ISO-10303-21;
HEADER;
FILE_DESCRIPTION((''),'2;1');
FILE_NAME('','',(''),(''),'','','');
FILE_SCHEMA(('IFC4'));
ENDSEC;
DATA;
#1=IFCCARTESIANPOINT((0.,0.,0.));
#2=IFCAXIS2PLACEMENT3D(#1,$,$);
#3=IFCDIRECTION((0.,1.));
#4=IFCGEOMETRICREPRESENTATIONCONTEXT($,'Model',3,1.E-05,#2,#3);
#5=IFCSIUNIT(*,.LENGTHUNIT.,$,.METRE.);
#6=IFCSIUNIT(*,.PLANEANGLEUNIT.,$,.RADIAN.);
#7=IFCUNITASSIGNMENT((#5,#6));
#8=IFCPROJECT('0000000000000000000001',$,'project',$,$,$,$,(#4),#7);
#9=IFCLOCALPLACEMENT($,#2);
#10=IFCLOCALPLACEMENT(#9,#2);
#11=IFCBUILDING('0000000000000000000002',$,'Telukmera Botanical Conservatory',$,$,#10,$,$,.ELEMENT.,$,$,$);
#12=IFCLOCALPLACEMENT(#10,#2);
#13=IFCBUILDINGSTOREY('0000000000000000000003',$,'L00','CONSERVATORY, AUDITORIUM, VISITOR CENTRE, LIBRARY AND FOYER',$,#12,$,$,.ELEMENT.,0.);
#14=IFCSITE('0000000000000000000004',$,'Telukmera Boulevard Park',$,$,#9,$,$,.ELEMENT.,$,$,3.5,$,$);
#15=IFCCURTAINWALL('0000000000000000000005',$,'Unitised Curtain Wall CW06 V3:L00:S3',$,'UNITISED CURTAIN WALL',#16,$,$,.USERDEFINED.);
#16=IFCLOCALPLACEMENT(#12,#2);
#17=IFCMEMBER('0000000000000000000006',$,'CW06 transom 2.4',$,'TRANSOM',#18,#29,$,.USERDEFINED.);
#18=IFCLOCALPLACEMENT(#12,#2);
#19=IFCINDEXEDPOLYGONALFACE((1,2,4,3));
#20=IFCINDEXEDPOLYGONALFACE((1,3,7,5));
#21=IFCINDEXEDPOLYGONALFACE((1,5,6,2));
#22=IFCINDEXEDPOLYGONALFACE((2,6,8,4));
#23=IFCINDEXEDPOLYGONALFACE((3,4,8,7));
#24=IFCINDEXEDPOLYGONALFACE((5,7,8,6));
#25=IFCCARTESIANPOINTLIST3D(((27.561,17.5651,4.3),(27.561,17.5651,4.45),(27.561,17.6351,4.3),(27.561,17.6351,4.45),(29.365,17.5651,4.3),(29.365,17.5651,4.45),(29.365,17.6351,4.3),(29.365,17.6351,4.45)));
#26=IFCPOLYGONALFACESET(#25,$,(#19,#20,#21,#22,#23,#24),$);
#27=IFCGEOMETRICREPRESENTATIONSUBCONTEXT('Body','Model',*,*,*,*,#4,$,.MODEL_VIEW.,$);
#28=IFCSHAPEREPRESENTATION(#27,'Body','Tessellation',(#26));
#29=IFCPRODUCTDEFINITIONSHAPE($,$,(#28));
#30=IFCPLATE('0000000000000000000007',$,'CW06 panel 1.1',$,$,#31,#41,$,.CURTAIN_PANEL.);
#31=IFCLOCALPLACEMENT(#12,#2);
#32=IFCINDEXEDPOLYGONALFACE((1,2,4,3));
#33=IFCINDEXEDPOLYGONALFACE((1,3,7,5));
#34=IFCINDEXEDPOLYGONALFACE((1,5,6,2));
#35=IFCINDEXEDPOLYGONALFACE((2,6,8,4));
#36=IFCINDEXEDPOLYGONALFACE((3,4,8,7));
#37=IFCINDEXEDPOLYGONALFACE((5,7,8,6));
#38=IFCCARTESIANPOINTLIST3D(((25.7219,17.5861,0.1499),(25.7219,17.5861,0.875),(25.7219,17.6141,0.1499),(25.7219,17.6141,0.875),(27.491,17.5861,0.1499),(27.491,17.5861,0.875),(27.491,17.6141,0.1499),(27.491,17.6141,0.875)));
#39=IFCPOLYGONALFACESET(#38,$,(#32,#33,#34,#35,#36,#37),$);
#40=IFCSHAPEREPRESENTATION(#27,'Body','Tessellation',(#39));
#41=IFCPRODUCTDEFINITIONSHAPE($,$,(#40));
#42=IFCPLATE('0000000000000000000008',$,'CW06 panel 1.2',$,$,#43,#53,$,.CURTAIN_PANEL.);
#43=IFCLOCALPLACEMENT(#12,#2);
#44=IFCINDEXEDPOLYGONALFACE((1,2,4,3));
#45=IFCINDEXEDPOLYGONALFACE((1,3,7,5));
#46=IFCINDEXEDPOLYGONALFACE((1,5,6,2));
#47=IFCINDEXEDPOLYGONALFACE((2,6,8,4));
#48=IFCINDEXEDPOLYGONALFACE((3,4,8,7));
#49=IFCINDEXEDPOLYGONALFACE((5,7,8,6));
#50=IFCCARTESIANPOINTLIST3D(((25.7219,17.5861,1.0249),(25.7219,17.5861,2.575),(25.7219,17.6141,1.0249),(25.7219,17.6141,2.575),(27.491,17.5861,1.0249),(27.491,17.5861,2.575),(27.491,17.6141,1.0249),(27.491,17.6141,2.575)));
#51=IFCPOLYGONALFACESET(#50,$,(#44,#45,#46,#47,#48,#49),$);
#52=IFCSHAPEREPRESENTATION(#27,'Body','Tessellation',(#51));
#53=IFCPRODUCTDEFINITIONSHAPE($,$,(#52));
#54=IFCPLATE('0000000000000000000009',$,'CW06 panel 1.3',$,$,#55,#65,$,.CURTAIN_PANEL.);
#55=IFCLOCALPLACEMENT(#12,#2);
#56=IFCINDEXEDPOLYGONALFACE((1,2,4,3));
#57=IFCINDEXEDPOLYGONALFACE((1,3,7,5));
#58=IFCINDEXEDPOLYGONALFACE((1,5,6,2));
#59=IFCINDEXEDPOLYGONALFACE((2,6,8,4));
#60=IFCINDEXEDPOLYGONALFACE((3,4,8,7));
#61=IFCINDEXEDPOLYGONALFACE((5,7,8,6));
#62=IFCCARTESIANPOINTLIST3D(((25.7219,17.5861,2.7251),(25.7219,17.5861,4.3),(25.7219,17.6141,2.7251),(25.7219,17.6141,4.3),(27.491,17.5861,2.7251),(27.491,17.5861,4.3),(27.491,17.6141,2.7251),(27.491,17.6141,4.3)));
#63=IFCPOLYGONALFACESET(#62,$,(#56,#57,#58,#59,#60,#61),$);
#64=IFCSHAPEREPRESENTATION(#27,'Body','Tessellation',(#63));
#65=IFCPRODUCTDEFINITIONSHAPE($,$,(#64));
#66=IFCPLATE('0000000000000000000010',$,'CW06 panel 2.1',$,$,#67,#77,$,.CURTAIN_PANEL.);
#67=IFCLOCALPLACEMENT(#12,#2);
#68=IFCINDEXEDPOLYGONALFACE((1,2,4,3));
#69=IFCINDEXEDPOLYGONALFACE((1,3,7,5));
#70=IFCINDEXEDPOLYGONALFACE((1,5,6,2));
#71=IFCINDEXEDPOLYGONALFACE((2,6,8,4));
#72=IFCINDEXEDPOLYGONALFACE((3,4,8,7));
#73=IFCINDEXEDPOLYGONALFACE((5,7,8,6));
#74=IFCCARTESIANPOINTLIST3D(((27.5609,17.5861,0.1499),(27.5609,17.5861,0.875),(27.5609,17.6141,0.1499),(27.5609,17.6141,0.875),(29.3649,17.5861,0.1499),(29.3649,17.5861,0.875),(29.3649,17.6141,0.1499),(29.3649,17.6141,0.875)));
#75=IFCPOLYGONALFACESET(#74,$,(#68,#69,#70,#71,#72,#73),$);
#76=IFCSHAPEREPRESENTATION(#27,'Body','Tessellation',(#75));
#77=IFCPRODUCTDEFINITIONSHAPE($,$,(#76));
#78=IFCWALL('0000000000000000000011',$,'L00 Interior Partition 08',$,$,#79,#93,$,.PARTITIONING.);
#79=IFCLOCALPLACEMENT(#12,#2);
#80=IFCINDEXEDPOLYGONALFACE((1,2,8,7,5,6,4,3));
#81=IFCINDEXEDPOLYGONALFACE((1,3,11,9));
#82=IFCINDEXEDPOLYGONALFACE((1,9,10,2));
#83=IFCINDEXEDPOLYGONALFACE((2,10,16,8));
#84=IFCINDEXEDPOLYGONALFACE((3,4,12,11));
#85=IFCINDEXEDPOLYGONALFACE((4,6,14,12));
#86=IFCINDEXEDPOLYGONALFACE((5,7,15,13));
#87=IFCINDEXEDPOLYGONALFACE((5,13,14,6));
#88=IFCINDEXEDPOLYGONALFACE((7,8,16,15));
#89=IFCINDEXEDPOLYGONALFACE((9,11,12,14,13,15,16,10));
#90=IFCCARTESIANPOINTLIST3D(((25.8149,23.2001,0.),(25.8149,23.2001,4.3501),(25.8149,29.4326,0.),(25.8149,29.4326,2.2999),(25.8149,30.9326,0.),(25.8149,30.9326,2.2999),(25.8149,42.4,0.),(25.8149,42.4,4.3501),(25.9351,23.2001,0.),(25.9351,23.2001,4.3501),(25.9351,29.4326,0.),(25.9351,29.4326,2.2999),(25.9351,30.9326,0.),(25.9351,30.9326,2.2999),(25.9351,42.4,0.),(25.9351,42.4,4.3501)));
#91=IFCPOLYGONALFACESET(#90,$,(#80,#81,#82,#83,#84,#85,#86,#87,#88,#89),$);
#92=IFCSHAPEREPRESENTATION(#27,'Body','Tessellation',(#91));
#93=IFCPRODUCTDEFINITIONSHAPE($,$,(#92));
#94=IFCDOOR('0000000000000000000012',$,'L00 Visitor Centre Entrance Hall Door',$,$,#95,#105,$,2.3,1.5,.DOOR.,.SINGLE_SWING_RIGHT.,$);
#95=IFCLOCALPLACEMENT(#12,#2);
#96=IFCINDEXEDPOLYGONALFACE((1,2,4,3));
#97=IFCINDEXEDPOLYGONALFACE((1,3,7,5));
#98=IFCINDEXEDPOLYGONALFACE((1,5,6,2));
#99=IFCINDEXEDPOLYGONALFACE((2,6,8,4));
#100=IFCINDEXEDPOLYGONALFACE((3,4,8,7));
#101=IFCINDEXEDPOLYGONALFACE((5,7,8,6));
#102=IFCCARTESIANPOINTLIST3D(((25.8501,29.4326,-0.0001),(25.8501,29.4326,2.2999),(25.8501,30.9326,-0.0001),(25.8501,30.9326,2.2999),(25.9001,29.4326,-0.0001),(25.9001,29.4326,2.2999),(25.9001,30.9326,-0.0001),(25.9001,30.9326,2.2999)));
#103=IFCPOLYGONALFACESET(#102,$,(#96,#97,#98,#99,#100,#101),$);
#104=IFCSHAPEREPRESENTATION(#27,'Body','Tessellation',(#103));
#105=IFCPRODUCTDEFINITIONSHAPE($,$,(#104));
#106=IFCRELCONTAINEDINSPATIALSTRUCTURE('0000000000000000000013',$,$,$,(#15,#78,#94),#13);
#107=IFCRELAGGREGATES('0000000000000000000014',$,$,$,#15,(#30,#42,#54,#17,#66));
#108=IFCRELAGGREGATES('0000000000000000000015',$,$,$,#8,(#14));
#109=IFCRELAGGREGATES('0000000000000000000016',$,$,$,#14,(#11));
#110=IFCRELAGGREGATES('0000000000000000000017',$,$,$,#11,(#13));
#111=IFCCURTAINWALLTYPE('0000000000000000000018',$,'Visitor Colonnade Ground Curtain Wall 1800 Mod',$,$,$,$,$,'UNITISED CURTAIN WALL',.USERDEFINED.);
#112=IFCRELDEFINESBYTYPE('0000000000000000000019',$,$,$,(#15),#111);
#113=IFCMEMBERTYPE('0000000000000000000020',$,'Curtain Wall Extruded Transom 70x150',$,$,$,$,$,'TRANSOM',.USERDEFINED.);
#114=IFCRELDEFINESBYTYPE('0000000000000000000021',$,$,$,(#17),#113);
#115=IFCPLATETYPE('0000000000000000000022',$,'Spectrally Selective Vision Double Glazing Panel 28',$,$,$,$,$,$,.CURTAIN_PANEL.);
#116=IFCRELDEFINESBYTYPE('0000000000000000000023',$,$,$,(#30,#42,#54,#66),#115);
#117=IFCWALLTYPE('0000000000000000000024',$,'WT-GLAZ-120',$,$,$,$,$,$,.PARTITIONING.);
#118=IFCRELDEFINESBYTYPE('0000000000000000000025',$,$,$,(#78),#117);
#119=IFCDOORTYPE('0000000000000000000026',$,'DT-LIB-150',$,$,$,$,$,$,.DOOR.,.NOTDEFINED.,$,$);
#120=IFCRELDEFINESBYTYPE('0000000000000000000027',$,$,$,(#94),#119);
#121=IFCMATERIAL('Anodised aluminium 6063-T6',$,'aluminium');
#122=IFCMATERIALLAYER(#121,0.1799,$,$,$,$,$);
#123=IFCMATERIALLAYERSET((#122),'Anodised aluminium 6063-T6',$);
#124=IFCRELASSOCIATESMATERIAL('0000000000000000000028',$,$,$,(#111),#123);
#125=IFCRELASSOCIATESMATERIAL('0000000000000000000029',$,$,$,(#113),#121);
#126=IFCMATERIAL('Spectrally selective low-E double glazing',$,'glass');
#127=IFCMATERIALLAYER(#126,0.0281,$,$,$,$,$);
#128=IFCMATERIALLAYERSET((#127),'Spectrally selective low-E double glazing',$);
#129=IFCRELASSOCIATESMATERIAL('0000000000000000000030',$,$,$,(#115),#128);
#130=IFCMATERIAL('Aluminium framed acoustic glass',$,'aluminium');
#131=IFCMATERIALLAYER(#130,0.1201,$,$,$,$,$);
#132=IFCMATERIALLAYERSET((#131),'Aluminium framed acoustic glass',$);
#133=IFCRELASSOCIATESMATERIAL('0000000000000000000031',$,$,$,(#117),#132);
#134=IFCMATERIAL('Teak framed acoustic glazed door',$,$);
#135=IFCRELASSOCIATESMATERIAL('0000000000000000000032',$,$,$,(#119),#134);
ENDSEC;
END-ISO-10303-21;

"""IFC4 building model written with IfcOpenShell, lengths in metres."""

from ifc_helpers import new_model, si_unit, direction, frame, frame_2d, origin, origin_2d, place, context, subcontext, project, spatial, rectangle, extrude, material, layer, layer_set, material_profile, profile_set, type_object, element, fill, aggregate, save


model = new_model("IFC4")

# Units and contexts
model_context = context("Model", 3, precision=1e-05, world=origin(), true_north=direction((0.0, 1.0)))
body_context = subcontext(model_context, "Body", "Model", "MODEL_VIEW")
ifc_project = project(units=[si_unit("LENGTHUNIT", "METRE"), si_unit("PLANEANGLEUNIT", "RADIAN")], contexts=[model_context])

# Site, building, storey
site_placement = place(None, origin())
site = spatial("IfcSite", under=ifc_project, at=site_placement, Name="Telukmera Boulevard Park", CompositionType="ELEMENT", RefElevation=3.5)
building_placement = place(site_placement, origin())
building = spatial("IfcBuilding", under=site, at=building_placement, Name="Telukmera Botanical Conservatory", CompositionType="ELEMENT")
storey_placement = place(building_placement, origin())
storey = spatial("IfcBuildingStorey", under=building, at=storey_placement, Name="L00", Description="CONSERVATORY, AUDITORIUM, VISITOR CENTRE, LIBRARY AND FOYER", CompositionType="ELEMENT", Elevation=0.0)

# Curtain wall, member, plates
ifc_material_1 = material(Name="Anodised aluminium 6063-T6", Category="aluminium")
ifc_layer_1 = layer(ifc_material_1, 0.1799)
ifc_layer_set_1 = layer_set([ifc_layer_1], Name="Anodised aluminium 6063-T6")
curtain_wall_type = type_object("IfcCurtainWallType", Name="Visitor Colonnade Ground Curtain Wall 1800 Mod", ElementType="UNITISED CURTAIN WALL", PredefinedType="USERDEFINED", material=ifc_layer_set_1)
curtain_wall_placement = place(storey_placement, origin())
curtain_wall = element("IfcCurtainWall", 1, at=curtain_wall_placement, inside=storey, type_object=curtain_wall_type, Name="Unitised Curtain Wall CW06 V3:L00:S3", ObjectType="UNITISED CURTAIN WALL", PredefinedType="USERDEFINED")
ifc_material_profile_1 = material_profile(ifc_material_1, rectangle(XDim=0.0701, YDim=0.1499, at=origin_2d()), Name="ALU TRAN 70x150")
ifc_profile_set_1 = profile_set([ifc_material_profile_1], Name="Anodised aluminium 6063-T6")
member_type_1 = type_object("IfcMemberType", Name="Curtain Wall Extruded Transom 70x150", ElementType="TRANSOM", PredefinedType="USERDEFINED", material=ifc_profile_set_1)
member_1_placement = place(storey_placement, frame((27.561, 17.6001, 4.375), z_axis=(1.0, 0.0, 0.0), x_axis=(0.0, 1.0, 0.0)))
member_1 = element("IfcMember", 2, at=member_1_placement, type_object=member_type_1, Name="CW06 transom 2.4", ObjectType="TRANSOM", PredefinedType="USERDEFINED", context=body_context, shape_type="SweptSolid", body=[
    extrude(rectangle(XDim=0.0701, YDim=0.1499, at=origin_2d()), origin(), (0.0, 0.0, 1.0), 1.804),
])
ifc_material_2 = material(Name="Spectrally selective low-E double glazing", Category="glass")
ifc_layer_2 = layer(ifc_material_2, 0.0281)
ifc_layer_set_2 = layer_set([ifc_layer_2], Name="Spectrally selective low-E double glazing")
plate_type = type_object("IfcPlateType", Name="Spectrally Selective Vision Double Glazing Panel 28", PredefinedType="CURTAIN_PANEL", material=ifc_layer_set_2)
plate_1_placement = place(storey_placement, frame((26.6064, 17.6001, 0.1499), z_axis=(0.0, 0.0, 1.0), x_axis=(1.0, 0.0, 0.0)))
plate_1 = element("IfcPlate", 3, at=plate_1_placement, type_object=plate_type, Name="CW06 panel 1.1", PredefinedType="CURTAIN_PANEL", context=body_context, shape_type="SweptSolid", body=[
    extrude(rectangle(XDim=1.769, YDim=0.0281, at=origin_2d()), origin(), (0.0, 0.0, 1.0), 0.7251),
])
plate_2_placement = place(storey_placement, frame((26.6064, 17.6001, 1.0249), z_axis=(0.0, 0.0, 1.0), x_axis=(1.0, 0.0, 0.0)))
plate_2 = element("IfcPlate", 4, at=plate_2_placement, type_object=plate_type, Name="CW06 panel 1.2", PredefinedType="CURTAIN_PANEL", context=body_context, shape_type="SweptSolid", body=[
    extrude(rectangle(XDim=1.769, YDim=0.0281, at=origin_2d()), origin(), (0.0, 0.0, 1.0), 1.55),
])
plate_3_placement = place(storey_placement, frame((26.6064, 17.6001, 2.7251), z_axis=(0.0, 0.0, 1.0), x_axis=(1.0, 0.0, 0.0)))
plate_3 = element("IfcPlate", 5, at=plate_3_placement, type_object=plate_type, Name="CW06 panel 1.3", PredefinedType="CURTAIN_PANEL", context=body_context, shape_type="SweptSolid", body=[
    extrude(rectangle(XDim=1.769, YDim=0.0281, at=origin_2d()), origin(), (0.0, 0.0, 1.0), 1.575),
])
plate_4_placement = place(storey_placement, frame((28.4629, 17.6001, 0.1499), z_axis=(0.0, 0.0, 1.0), x_axis=(1.0, 0.0, 0.0)))
plate_4 = element("IfcPlate", 6, at=plate_4_placement, type_object=plate_type, Name="CW06 panel 2.1", PredefinedType="CURTAIN_PANEL", context=body_context, shape_type="SweptSolid", body=[
    extrude(rectangle(XDim=1.804, YDim=0.0281, at=origin_2d()), origin(), (0.0, 0.0, 1.0), 0.7251),
])
aggregate(curtain_wall, [plate_1, plate_2, plate_3, member_1, plate_4])

# Wall, opening, door
ifc_material_3 = material(Name="Aluminium framed acoustic glass", Category="aluminium")
ifc_layer_3 = layer(ifc_material_3, 0.1201)
ifc_layer_set_3 = layer_set([ifc_layer_3], Name="Aluminium framed acoustic glass")
wall_type = type_object("IfcWallType", Name="WT-GLAZ-120", PredefinedType="PARTITIONING", material=ifc_layer_set_3)
wall_placement = place(storey_placement, frame((25.875, 23.2, 0.0), z_axis=(0.0, 0.0, 1.0), x_axis=(0.0, 1.0, 0.0)))
wall = element("IfcWall", 7, at=wall_placement, inside=storey, type_object=wall_type, Name="L00 Interior Partition 08", PredefinedType="PARTITIONING", context=body_context, shape_type="SweptSolid", body=[
    extrude(rectangle(XDim=19.2, YDim=0.1201, at=frame_2d((9.6001, 0.0))), origin(), (0.0, 0.0, 1.0), 4.3501),
])
opening_placement = place(wall_placement, frame((6.2327, 0.0, 0.0)))
opening = element("IfcOpeningElement", 8, at=opening_placement, cuts=wall, PredefinedType="OPENING", context=body_context, shape_type="SweptSolid", body=[
    extrude(rectangle(XDim=1.5, YDim=2.3, at=frame_2d((0.75, 1.1499))), frame((0.0, 0.0701, 0.0), z_axis=(0.0, -1.0, 0.0), x_axis=(1.0, 0.0, 0.0)), (0.0, 0.0, 1.0), 0.1401),
])
ifc_material_4 = material(Name="Teak framed acoustic glazed door")
door_type = type_object("IfcDoorType", Name="DT-LIB-150", OperationType="NOTDEFINED", PredefinedType="DOOR", material=ifc_material_4)
door_placement = place(opening_placement, origin())
door = element("IfcDoor", 9, at=door_placement, inside=storey, type_object=door_type, Name="L00 Visitor Centre Entrance Hall Door", OperationType="SINGLE_SWING_RIGHT", OverallHeight=2.3, OverallWidth=1.5, PredefinedType="DOOR", context=body_context, shape_type="SweptSolid", body=[
    extrude(rectangle(XDim=1.5, YDim=2.3, at=frame_2d((0.75, 1.1499))), frame((0.0, 0.0249, 0.0), z_axis=(0.0, -1.0, 0.0), x_axis=(1.0, 0.0, 0.0)), (0.0, 0.0, 1.0), 0.05),
])
fill(opening, door)

save(model, "model.ifc")
